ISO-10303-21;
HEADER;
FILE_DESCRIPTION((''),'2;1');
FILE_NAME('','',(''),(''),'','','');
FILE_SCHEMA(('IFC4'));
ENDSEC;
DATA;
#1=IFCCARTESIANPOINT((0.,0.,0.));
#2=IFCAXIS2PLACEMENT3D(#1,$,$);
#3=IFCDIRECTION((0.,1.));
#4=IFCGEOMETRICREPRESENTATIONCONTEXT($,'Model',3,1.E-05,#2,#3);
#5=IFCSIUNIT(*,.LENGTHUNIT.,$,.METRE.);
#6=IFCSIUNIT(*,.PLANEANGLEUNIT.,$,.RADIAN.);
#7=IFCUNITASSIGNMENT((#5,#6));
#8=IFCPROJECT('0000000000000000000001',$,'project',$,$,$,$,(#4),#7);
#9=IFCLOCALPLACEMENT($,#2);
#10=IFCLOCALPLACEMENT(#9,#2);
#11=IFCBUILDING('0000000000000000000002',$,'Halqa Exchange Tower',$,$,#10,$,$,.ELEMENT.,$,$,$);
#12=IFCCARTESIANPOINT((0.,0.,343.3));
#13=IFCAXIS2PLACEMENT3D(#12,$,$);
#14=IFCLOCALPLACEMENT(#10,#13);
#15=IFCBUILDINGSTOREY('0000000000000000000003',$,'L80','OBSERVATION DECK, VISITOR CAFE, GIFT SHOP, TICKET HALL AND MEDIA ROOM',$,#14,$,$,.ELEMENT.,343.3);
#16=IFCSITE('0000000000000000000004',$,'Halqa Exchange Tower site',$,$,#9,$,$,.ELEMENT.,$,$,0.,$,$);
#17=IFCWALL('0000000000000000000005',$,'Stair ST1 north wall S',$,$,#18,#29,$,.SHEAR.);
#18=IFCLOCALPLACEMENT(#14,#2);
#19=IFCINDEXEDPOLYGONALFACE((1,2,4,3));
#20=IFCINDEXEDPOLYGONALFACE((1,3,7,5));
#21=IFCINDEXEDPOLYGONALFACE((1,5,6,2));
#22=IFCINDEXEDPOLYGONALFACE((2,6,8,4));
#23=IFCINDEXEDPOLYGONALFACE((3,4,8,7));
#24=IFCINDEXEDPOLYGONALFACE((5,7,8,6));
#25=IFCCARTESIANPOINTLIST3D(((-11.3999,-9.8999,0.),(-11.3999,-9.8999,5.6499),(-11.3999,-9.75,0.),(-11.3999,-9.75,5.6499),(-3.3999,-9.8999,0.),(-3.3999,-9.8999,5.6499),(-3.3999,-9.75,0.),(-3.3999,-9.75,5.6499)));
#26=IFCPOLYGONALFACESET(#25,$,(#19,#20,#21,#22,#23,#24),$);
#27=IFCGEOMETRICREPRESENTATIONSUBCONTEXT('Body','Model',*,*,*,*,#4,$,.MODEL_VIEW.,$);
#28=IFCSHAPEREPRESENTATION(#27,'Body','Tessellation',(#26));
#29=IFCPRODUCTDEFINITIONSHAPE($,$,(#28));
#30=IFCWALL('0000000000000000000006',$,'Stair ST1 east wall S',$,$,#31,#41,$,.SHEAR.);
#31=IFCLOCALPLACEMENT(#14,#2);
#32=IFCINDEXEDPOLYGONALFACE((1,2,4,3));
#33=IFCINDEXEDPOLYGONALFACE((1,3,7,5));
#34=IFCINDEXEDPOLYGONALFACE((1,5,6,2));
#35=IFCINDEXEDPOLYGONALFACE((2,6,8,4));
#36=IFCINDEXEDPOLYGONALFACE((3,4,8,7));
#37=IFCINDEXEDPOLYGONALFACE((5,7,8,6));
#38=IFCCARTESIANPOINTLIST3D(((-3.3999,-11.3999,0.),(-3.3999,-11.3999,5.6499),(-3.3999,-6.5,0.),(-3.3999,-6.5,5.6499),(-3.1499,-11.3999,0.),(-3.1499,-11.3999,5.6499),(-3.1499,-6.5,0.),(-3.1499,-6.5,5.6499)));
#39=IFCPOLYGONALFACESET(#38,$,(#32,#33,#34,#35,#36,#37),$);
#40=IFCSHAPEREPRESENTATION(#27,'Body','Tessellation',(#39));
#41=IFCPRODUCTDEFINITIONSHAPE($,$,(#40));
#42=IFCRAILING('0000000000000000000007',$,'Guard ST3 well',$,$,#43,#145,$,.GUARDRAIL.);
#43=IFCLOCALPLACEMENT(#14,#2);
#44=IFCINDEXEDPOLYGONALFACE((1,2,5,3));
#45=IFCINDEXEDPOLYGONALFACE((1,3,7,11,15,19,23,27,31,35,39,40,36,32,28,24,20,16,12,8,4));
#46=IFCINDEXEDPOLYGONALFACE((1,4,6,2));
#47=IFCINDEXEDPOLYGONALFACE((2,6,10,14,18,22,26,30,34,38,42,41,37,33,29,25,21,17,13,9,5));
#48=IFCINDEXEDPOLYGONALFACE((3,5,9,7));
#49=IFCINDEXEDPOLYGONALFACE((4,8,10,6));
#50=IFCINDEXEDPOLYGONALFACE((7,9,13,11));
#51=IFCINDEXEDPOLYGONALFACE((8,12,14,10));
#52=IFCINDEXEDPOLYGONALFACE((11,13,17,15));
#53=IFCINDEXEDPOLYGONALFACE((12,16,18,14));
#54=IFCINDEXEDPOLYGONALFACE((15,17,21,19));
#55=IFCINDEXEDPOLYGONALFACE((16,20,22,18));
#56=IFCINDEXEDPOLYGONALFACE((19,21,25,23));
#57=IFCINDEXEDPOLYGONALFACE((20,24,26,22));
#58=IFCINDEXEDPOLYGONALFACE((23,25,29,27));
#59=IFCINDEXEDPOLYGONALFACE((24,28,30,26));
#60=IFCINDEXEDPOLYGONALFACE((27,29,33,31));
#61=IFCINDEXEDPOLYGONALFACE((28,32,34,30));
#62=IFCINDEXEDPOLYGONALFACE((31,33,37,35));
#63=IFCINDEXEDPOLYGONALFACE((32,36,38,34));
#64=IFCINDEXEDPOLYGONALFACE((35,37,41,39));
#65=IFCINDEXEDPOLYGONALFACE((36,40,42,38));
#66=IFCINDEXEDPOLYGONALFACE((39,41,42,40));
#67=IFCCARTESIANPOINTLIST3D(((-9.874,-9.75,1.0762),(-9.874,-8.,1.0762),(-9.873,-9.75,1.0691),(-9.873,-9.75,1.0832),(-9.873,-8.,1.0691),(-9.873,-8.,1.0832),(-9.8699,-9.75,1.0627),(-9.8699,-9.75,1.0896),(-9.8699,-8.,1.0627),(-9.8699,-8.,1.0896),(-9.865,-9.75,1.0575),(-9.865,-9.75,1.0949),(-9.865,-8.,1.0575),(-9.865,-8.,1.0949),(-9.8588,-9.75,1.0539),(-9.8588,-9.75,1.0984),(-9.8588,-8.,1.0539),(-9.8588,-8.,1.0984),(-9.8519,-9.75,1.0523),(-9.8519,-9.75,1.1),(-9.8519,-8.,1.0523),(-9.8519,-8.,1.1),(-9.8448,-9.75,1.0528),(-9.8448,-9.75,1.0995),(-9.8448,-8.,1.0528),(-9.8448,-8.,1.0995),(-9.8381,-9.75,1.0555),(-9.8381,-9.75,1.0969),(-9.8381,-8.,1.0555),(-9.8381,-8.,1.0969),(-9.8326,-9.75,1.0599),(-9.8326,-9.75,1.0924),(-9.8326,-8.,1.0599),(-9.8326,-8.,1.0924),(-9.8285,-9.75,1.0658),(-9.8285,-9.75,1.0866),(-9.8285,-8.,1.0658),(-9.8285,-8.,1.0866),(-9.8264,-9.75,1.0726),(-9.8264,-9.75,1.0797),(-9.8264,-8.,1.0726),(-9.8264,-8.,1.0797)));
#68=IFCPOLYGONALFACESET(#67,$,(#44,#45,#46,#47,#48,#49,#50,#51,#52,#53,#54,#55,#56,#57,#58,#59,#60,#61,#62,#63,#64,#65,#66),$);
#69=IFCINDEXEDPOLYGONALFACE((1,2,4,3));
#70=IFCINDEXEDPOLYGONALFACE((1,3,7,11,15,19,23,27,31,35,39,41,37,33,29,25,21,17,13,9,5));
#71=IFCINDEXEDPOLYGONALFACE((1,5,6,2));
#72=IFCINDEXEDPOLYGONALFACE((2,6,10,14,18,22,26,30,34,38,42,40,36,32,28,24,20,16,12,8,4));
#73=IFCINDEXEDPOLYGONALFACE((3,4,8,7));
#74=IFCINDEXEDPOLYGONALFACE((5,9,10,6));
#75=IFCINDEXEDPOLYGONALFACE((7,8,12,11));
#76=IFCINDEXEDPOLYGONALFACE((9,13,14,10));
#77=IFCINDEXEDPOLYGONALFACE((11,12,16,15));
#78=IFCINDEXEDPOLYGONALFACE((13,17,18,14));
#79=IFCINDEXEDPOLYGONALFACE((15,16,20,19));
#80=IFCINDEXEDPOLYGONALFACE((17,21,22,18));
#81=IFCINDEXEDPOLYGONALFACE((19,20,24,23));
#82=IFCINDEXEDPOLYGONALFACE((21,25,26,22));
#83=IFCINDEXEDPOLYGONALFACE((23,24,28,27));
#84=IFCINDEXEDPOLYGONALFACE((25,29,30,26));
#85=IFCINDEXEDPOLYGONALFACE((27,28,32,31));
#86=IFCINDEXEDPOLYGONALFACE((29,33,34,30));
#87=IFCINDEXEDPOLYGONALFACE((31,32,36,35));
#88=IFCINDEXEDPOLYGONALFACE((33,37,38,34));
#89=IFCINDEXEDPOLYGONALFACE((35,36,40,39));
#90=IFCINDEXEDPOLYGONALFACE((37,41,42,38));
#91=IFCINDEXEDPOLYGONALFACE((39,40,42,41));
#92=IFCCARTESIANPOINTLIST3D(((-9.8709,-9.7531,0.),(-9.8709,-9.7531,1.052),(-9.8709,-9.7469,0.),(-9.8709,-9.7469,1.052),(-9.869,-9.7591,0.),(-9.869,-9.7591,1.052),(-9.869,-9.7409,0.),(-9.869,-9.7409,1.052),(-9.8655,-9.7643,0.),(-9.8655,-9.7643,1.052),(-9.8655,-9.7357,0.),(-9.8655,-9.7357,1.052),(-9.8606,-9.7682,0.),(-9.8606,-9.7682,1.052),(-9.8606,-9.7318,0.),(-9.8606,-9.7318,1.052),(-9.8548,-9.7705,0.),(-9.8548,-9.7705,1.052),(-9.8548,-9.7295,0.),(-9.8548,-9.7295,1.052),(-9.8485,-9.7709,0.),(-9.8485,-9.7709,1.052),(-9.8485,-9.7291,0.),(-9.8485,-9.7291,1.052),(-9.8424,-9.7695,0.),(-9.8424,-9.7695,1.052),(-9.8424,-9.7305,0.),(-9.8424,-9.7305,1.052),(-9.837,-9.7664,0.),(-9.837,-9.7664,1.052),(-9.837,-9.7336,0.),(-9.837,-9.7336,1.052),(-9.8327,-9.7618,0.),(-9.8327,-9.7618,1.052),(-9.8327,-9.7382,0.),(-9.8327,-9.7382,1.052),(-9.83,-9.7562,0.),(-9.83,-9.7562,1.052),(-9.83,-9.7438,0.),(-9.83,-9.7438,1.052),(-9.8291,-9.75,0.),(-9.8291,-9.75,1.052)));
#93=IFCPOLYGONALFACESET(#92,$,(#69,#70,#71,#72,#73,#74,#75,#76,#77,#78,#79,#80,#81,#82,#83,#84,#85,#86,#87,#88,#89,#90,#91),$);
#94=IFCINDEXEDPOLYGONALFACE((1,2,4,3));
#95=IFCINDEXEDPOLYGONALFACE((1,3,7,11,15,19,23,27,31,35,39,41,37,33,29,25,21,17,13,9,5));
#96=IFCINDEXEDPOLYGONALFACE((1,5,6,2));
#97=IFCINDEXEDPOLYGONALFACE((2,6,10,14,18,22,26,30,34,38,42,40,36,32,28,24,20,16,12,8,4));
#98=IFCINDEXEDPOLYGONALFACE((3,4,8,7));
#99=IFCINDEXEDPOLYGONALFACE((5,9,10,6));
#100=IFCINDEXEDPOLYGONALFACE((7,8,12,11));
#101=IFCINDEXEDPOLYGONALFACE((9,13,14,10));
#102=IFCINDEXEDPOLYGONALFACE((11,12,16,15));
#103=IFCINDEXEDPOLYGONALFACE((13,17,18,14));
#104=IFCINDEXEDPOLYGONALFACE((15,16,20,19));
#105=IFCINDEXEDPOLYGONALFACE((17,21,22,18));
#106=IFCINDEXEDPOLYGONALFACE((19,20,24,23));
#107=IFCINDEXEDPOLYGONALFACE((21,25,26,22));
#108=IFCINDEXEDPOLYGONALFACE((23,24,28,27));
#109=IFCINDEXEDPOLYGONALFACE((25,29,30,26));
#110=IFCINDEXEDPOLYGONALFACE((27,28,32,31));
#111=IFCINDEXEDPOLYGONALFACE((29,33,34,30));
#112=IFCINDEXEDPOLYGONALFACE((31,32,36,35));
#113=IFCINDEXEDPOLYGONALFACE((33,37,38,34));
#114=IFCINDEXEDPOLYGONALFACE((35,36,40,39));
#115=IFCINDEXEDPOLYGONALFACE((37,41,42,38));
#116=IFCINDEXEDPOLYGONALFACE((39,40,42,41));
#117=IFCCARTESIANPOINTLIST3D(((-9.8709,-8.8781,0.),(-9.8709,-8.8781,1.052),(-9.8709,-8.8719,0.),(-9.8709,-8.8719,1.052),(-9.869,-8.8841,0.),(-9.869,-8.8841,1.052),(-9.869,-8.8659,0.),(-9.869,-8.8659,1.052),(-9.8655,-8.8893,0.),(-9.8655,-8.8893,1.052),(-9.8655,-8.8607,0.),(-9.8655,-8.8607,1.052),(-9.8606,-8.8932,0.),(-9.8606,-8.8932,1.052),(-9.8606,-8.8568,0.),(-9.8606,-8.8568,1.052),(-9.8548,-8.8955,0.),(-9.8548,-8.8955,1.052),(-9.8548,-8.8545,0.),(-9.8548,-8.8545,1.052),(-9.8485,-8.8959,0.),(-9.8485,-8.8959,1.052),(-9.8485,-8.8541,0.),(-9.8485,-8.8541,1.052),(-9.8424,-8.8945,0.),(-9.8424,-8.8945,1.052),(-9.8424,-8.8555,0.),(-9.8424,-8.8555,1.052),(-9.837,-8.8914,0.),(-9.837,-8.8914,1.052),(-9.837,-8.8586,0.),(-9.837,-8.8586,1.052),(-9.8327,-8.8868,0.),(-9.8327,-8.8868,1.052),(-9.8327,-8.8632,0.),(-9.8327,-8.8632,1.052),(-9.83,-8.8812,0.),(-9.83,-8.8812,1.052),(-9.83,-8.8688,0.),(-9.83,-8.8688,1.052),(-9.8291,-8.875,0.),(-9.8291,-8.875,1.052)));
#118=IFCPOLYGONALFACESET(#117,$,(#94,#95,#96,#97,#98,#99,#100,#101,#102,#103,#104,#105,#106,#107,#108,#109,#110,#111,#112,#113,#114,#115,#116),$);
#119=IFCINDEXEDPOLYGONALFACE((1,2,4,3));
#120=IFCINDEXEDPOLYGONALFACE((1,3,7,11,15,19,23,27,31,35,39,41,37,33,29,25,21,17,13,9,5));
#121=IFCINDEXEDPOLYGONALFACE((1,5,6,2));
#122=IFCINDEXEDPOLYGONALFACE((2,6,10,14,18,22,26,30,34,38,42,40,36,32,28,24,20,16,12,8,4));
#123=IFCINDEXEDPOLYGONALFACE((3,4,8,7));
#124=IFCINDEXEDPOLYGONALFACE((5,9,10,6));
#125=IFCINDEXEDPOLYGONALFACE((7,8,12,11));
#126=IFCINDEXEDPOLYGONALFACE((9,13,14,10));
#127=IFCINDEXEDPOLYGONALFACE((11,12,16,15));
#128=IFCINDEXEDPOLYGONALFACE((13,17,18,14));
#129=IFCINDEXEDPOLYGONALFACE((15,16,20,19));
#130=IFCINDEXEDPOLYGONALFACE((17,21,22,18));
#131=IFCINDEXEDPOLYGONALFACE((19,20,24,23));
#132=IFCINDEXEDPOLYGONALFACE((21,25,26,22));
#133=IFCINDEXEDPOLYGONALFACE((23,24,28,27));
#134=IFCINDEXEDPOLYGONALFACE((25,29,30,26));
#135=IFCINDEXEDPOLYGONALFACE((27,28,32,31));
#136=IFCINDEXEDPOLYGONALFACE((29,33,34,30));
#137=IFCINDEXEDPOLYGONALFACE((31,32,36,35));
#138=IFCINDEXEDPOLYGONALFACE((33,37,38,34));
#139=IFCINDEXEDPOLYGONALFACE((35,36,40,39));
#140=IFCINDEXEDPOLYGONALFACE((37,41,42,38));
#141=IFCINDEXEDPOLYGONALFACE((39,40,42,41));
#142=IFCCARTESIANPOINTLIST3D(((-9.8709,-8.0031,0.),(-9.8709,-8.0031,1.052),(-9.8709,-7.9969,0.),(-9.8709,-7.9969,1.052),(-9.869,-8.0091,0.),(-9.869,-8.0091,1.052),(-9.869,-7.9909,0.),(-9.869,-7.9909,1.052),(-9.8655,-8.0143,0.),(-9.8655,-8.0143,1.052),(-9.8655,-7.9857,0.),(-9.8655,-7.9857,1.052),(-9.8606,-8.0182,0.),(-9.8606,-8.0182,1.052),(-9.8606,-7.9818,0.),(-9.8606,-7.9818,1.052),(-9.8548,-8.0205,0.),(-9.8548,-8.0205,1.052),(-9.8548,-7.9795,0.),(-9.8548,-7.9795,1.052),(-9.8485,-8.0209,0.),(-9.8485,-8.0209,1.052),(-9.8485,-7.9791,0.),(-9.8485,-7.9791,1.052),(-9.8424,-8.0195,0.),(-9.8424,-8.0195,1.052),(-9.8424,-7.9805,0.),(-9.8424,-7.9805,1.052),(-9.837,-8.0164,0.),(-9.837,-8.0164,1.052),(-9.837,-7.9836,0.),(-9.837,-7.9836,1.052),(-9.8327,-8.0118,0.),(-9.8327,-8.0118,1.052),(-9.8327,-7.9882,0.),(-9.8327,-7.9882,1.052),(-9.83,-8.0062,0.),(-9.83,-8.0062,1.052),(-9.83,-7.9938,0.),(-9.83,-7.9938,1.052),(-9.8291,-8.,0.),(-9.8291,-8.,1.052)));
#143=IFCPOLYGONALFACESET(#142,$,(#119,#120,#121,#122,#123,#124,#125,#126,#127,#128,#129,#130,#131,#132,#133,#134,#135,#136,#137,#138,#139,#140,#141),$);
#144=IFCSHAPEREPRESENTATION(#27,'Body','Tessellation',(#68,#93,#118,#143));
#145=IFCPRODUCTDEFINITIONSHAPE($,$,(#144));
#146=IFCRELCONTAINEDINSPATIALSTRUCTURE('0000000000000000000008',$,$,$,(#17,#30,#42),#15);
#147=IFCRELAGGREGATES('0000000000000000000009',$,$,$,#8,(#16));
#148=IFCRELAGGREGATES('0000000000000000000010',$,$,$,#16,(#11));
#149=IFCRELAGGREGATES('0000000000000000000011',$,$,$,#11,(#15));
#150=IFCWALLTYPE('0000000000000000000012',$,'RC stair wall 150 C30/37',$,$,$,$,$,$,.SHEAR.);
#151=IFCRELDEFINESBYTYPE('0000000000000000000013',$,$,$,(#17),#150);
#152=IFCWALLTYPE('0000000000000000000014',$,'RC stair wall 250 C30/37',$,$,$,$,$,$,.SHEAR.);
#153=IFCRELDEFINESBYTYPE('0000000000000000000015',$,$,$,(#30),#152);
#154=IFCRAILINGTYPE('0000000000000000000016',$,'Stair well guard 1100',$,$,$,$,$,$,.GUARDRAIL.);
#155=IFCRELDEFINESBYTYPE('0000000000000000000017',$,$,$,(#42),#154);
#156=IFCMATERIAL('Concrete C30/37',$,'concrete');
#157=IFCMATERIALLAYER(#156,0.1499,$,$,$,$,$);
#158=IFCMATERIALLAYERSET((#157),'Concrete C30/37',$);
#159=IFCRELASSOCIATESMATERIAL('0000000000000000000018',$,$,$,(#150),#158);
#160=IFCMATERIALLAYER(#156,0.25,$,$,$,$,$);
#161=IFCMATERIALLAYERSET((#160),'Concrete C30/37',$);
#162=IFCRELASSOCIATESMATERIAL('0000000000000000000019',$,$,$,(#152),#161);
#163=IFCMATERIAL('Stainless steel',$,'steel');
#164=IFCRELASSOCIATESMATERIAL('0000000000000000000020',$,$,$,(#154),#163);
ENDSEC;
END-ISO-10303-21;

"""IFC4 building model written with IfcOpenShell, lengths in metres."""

from ifc_helpers import new_model, si_unit, direction, frame, frame_2d, origin, origin_2d, place, context, subcontext, project, spatial, rectangle, circle, extrude, material, layer, layer_set, type_object, element, save


model = new_model("IFC4")

# Units and contexts
model_context = context("Model", 3, precision=1e-05, world=origin(), true_north=direction((0.0, 1.0)))
body_context = subcontext(model_context, "Body", "Model", "MODEL_VIEW")
ifc_project = project(units=[si_unit("LENGTHUNIT", "METRE"), si_unit("PLANEANGLEUNIT", "RADIAN")], contexts=[model_context])

# Site, building, storey
site_placement = place(None, origin())
site = spatial("IfcSite", under=ifc_project, at=site_placement, Name="Halqa Exchange Tower site", CompositionType="ELEMENT", RefElevation=0.0)
building_placement = place(site_placement, origin())
building = spatial("IfcBuilding", under=site, at=building_placement, Name="Halqa Exchange Tower", CompositionType="ELEMENT")
storey_placement = place(building_placement, frame((0.0, 0.0, 343.3)))
storey = spatial("IfcBuildingStorey", under=building, at=storey_placement, Name="L80", Description="OBSERVATION DECK, VISITOR CAFE, GIFT SHOP, TICKET HALL AND MEDIA ROOM", CompositionType="ELEMENT", Elevation=343.3)

# Walls
ifc_material_1 = material(Name="Concrete C30/37", Category="concrete")
ifc_layer_1 = layer(ifc_material_1, 0.1499)
ifc_layer_set_1 = layer_set([ifc_layer_1], Name="Concrete C30/37")
wall_type_1 = type_object("IfcWallType", Name="RC stair wall 150 C30/37", PredefinedType="SHEAR", material=ifc_layer_set_1)
wall_1_placement = place(storey_placement, frame((-11.3999, -9.825, 0.0), z_axis=(0.0, 0.0, 1.0), x_axis=(1.0, 0.0, 0.0)))
element("IfcWall", 1, at=wall_1_placement, inside=storey, type_object=wall_type_1, Name="Stair ST1 north wall S", PredefinedType="SHEAR", context=body_context, shape_type="SweptSolid", body=[
    extrude(rectangle(XDim=8.0, YDim=0.1499, at=frame_2d((4.0, 0.0))), origin(), (0.0, 0.0, 1.0), 5.6499),
])
ifc_layer_2 = layer(ifc_material_1, 0.25)
ifc_layer_set_2 = layer_set([ifc_layer_2], Name="Concrete C30/37")
wall_type_2 = type_object("IfcWallType", Name="RC stair wall 250 C30/37", PredefinedType="SHEAR", material=ifc_layer_set_2)
wall_2_placement = place(storey_placement, frame((-3.2749, -11.3999, 0.0), z_axis=(0.0, 0.0, 1.0), x_axis=(0.0, 1.0, 0.0)))
element("IfcWall", 2, at=wall_2_placement, inside=storey, type_object=wall_type_2, Name="Stair ST1 east wall S", PredefinedType="SHEAR", context=body_context, shape_type="SweptSolid", body=[
    extrude(rectangle(XDim=4.8999, YDim=0.25, at=frame_2d((2.45, 0.0))), origin(), (0.0, 0.0, 1.0), 5.6499),
])

# Railing
ifc_material_2 = material(Name="Stainless steel", Category="steel")
railing_type = type_object("IfcRailingType", Name="Stair well guard 1100", PredefinedType="GUARDRAIL", material=ifc_material_2)
railing_placement = place(storey_placement, frame((-9.8501, -9.75, 0.0)))
element("IfcRailing", 3, at=railing_placement, inside=storey, type_object=railing_type, Name="Guard ST3 well", PredefinedType="GUARDRAIL", context=body_context, shape_type="SweptSolid", body=[
    extrude(circle(Radius=0.0239, at=origin_2d()), frame((0.0, 0.0, 1.0762), z_axis=(0.0, 1.0, 0.0), x_axis=(-1.0, 0.0, 0.0)), (0.0, 0.0, 1.0), 1.75),
    extrude(circle(Radius=0.021, at=origin_2d()), origin(), (0.0, 0.0, 1.0), 1.052),
    extrude(circle(Radius=0.021, at=origin_2d()), frame((0.0, 0.875, 0.0)), (0.0, 0.0, 1.0), 1.052),
    extrude(circle(Radius=0.021, at=origin_2d()), frame((0.0, 1.75, 0.0)), (0.0, 0.0, 1.0), 1.052),
])

save(model, "model.ifc")
